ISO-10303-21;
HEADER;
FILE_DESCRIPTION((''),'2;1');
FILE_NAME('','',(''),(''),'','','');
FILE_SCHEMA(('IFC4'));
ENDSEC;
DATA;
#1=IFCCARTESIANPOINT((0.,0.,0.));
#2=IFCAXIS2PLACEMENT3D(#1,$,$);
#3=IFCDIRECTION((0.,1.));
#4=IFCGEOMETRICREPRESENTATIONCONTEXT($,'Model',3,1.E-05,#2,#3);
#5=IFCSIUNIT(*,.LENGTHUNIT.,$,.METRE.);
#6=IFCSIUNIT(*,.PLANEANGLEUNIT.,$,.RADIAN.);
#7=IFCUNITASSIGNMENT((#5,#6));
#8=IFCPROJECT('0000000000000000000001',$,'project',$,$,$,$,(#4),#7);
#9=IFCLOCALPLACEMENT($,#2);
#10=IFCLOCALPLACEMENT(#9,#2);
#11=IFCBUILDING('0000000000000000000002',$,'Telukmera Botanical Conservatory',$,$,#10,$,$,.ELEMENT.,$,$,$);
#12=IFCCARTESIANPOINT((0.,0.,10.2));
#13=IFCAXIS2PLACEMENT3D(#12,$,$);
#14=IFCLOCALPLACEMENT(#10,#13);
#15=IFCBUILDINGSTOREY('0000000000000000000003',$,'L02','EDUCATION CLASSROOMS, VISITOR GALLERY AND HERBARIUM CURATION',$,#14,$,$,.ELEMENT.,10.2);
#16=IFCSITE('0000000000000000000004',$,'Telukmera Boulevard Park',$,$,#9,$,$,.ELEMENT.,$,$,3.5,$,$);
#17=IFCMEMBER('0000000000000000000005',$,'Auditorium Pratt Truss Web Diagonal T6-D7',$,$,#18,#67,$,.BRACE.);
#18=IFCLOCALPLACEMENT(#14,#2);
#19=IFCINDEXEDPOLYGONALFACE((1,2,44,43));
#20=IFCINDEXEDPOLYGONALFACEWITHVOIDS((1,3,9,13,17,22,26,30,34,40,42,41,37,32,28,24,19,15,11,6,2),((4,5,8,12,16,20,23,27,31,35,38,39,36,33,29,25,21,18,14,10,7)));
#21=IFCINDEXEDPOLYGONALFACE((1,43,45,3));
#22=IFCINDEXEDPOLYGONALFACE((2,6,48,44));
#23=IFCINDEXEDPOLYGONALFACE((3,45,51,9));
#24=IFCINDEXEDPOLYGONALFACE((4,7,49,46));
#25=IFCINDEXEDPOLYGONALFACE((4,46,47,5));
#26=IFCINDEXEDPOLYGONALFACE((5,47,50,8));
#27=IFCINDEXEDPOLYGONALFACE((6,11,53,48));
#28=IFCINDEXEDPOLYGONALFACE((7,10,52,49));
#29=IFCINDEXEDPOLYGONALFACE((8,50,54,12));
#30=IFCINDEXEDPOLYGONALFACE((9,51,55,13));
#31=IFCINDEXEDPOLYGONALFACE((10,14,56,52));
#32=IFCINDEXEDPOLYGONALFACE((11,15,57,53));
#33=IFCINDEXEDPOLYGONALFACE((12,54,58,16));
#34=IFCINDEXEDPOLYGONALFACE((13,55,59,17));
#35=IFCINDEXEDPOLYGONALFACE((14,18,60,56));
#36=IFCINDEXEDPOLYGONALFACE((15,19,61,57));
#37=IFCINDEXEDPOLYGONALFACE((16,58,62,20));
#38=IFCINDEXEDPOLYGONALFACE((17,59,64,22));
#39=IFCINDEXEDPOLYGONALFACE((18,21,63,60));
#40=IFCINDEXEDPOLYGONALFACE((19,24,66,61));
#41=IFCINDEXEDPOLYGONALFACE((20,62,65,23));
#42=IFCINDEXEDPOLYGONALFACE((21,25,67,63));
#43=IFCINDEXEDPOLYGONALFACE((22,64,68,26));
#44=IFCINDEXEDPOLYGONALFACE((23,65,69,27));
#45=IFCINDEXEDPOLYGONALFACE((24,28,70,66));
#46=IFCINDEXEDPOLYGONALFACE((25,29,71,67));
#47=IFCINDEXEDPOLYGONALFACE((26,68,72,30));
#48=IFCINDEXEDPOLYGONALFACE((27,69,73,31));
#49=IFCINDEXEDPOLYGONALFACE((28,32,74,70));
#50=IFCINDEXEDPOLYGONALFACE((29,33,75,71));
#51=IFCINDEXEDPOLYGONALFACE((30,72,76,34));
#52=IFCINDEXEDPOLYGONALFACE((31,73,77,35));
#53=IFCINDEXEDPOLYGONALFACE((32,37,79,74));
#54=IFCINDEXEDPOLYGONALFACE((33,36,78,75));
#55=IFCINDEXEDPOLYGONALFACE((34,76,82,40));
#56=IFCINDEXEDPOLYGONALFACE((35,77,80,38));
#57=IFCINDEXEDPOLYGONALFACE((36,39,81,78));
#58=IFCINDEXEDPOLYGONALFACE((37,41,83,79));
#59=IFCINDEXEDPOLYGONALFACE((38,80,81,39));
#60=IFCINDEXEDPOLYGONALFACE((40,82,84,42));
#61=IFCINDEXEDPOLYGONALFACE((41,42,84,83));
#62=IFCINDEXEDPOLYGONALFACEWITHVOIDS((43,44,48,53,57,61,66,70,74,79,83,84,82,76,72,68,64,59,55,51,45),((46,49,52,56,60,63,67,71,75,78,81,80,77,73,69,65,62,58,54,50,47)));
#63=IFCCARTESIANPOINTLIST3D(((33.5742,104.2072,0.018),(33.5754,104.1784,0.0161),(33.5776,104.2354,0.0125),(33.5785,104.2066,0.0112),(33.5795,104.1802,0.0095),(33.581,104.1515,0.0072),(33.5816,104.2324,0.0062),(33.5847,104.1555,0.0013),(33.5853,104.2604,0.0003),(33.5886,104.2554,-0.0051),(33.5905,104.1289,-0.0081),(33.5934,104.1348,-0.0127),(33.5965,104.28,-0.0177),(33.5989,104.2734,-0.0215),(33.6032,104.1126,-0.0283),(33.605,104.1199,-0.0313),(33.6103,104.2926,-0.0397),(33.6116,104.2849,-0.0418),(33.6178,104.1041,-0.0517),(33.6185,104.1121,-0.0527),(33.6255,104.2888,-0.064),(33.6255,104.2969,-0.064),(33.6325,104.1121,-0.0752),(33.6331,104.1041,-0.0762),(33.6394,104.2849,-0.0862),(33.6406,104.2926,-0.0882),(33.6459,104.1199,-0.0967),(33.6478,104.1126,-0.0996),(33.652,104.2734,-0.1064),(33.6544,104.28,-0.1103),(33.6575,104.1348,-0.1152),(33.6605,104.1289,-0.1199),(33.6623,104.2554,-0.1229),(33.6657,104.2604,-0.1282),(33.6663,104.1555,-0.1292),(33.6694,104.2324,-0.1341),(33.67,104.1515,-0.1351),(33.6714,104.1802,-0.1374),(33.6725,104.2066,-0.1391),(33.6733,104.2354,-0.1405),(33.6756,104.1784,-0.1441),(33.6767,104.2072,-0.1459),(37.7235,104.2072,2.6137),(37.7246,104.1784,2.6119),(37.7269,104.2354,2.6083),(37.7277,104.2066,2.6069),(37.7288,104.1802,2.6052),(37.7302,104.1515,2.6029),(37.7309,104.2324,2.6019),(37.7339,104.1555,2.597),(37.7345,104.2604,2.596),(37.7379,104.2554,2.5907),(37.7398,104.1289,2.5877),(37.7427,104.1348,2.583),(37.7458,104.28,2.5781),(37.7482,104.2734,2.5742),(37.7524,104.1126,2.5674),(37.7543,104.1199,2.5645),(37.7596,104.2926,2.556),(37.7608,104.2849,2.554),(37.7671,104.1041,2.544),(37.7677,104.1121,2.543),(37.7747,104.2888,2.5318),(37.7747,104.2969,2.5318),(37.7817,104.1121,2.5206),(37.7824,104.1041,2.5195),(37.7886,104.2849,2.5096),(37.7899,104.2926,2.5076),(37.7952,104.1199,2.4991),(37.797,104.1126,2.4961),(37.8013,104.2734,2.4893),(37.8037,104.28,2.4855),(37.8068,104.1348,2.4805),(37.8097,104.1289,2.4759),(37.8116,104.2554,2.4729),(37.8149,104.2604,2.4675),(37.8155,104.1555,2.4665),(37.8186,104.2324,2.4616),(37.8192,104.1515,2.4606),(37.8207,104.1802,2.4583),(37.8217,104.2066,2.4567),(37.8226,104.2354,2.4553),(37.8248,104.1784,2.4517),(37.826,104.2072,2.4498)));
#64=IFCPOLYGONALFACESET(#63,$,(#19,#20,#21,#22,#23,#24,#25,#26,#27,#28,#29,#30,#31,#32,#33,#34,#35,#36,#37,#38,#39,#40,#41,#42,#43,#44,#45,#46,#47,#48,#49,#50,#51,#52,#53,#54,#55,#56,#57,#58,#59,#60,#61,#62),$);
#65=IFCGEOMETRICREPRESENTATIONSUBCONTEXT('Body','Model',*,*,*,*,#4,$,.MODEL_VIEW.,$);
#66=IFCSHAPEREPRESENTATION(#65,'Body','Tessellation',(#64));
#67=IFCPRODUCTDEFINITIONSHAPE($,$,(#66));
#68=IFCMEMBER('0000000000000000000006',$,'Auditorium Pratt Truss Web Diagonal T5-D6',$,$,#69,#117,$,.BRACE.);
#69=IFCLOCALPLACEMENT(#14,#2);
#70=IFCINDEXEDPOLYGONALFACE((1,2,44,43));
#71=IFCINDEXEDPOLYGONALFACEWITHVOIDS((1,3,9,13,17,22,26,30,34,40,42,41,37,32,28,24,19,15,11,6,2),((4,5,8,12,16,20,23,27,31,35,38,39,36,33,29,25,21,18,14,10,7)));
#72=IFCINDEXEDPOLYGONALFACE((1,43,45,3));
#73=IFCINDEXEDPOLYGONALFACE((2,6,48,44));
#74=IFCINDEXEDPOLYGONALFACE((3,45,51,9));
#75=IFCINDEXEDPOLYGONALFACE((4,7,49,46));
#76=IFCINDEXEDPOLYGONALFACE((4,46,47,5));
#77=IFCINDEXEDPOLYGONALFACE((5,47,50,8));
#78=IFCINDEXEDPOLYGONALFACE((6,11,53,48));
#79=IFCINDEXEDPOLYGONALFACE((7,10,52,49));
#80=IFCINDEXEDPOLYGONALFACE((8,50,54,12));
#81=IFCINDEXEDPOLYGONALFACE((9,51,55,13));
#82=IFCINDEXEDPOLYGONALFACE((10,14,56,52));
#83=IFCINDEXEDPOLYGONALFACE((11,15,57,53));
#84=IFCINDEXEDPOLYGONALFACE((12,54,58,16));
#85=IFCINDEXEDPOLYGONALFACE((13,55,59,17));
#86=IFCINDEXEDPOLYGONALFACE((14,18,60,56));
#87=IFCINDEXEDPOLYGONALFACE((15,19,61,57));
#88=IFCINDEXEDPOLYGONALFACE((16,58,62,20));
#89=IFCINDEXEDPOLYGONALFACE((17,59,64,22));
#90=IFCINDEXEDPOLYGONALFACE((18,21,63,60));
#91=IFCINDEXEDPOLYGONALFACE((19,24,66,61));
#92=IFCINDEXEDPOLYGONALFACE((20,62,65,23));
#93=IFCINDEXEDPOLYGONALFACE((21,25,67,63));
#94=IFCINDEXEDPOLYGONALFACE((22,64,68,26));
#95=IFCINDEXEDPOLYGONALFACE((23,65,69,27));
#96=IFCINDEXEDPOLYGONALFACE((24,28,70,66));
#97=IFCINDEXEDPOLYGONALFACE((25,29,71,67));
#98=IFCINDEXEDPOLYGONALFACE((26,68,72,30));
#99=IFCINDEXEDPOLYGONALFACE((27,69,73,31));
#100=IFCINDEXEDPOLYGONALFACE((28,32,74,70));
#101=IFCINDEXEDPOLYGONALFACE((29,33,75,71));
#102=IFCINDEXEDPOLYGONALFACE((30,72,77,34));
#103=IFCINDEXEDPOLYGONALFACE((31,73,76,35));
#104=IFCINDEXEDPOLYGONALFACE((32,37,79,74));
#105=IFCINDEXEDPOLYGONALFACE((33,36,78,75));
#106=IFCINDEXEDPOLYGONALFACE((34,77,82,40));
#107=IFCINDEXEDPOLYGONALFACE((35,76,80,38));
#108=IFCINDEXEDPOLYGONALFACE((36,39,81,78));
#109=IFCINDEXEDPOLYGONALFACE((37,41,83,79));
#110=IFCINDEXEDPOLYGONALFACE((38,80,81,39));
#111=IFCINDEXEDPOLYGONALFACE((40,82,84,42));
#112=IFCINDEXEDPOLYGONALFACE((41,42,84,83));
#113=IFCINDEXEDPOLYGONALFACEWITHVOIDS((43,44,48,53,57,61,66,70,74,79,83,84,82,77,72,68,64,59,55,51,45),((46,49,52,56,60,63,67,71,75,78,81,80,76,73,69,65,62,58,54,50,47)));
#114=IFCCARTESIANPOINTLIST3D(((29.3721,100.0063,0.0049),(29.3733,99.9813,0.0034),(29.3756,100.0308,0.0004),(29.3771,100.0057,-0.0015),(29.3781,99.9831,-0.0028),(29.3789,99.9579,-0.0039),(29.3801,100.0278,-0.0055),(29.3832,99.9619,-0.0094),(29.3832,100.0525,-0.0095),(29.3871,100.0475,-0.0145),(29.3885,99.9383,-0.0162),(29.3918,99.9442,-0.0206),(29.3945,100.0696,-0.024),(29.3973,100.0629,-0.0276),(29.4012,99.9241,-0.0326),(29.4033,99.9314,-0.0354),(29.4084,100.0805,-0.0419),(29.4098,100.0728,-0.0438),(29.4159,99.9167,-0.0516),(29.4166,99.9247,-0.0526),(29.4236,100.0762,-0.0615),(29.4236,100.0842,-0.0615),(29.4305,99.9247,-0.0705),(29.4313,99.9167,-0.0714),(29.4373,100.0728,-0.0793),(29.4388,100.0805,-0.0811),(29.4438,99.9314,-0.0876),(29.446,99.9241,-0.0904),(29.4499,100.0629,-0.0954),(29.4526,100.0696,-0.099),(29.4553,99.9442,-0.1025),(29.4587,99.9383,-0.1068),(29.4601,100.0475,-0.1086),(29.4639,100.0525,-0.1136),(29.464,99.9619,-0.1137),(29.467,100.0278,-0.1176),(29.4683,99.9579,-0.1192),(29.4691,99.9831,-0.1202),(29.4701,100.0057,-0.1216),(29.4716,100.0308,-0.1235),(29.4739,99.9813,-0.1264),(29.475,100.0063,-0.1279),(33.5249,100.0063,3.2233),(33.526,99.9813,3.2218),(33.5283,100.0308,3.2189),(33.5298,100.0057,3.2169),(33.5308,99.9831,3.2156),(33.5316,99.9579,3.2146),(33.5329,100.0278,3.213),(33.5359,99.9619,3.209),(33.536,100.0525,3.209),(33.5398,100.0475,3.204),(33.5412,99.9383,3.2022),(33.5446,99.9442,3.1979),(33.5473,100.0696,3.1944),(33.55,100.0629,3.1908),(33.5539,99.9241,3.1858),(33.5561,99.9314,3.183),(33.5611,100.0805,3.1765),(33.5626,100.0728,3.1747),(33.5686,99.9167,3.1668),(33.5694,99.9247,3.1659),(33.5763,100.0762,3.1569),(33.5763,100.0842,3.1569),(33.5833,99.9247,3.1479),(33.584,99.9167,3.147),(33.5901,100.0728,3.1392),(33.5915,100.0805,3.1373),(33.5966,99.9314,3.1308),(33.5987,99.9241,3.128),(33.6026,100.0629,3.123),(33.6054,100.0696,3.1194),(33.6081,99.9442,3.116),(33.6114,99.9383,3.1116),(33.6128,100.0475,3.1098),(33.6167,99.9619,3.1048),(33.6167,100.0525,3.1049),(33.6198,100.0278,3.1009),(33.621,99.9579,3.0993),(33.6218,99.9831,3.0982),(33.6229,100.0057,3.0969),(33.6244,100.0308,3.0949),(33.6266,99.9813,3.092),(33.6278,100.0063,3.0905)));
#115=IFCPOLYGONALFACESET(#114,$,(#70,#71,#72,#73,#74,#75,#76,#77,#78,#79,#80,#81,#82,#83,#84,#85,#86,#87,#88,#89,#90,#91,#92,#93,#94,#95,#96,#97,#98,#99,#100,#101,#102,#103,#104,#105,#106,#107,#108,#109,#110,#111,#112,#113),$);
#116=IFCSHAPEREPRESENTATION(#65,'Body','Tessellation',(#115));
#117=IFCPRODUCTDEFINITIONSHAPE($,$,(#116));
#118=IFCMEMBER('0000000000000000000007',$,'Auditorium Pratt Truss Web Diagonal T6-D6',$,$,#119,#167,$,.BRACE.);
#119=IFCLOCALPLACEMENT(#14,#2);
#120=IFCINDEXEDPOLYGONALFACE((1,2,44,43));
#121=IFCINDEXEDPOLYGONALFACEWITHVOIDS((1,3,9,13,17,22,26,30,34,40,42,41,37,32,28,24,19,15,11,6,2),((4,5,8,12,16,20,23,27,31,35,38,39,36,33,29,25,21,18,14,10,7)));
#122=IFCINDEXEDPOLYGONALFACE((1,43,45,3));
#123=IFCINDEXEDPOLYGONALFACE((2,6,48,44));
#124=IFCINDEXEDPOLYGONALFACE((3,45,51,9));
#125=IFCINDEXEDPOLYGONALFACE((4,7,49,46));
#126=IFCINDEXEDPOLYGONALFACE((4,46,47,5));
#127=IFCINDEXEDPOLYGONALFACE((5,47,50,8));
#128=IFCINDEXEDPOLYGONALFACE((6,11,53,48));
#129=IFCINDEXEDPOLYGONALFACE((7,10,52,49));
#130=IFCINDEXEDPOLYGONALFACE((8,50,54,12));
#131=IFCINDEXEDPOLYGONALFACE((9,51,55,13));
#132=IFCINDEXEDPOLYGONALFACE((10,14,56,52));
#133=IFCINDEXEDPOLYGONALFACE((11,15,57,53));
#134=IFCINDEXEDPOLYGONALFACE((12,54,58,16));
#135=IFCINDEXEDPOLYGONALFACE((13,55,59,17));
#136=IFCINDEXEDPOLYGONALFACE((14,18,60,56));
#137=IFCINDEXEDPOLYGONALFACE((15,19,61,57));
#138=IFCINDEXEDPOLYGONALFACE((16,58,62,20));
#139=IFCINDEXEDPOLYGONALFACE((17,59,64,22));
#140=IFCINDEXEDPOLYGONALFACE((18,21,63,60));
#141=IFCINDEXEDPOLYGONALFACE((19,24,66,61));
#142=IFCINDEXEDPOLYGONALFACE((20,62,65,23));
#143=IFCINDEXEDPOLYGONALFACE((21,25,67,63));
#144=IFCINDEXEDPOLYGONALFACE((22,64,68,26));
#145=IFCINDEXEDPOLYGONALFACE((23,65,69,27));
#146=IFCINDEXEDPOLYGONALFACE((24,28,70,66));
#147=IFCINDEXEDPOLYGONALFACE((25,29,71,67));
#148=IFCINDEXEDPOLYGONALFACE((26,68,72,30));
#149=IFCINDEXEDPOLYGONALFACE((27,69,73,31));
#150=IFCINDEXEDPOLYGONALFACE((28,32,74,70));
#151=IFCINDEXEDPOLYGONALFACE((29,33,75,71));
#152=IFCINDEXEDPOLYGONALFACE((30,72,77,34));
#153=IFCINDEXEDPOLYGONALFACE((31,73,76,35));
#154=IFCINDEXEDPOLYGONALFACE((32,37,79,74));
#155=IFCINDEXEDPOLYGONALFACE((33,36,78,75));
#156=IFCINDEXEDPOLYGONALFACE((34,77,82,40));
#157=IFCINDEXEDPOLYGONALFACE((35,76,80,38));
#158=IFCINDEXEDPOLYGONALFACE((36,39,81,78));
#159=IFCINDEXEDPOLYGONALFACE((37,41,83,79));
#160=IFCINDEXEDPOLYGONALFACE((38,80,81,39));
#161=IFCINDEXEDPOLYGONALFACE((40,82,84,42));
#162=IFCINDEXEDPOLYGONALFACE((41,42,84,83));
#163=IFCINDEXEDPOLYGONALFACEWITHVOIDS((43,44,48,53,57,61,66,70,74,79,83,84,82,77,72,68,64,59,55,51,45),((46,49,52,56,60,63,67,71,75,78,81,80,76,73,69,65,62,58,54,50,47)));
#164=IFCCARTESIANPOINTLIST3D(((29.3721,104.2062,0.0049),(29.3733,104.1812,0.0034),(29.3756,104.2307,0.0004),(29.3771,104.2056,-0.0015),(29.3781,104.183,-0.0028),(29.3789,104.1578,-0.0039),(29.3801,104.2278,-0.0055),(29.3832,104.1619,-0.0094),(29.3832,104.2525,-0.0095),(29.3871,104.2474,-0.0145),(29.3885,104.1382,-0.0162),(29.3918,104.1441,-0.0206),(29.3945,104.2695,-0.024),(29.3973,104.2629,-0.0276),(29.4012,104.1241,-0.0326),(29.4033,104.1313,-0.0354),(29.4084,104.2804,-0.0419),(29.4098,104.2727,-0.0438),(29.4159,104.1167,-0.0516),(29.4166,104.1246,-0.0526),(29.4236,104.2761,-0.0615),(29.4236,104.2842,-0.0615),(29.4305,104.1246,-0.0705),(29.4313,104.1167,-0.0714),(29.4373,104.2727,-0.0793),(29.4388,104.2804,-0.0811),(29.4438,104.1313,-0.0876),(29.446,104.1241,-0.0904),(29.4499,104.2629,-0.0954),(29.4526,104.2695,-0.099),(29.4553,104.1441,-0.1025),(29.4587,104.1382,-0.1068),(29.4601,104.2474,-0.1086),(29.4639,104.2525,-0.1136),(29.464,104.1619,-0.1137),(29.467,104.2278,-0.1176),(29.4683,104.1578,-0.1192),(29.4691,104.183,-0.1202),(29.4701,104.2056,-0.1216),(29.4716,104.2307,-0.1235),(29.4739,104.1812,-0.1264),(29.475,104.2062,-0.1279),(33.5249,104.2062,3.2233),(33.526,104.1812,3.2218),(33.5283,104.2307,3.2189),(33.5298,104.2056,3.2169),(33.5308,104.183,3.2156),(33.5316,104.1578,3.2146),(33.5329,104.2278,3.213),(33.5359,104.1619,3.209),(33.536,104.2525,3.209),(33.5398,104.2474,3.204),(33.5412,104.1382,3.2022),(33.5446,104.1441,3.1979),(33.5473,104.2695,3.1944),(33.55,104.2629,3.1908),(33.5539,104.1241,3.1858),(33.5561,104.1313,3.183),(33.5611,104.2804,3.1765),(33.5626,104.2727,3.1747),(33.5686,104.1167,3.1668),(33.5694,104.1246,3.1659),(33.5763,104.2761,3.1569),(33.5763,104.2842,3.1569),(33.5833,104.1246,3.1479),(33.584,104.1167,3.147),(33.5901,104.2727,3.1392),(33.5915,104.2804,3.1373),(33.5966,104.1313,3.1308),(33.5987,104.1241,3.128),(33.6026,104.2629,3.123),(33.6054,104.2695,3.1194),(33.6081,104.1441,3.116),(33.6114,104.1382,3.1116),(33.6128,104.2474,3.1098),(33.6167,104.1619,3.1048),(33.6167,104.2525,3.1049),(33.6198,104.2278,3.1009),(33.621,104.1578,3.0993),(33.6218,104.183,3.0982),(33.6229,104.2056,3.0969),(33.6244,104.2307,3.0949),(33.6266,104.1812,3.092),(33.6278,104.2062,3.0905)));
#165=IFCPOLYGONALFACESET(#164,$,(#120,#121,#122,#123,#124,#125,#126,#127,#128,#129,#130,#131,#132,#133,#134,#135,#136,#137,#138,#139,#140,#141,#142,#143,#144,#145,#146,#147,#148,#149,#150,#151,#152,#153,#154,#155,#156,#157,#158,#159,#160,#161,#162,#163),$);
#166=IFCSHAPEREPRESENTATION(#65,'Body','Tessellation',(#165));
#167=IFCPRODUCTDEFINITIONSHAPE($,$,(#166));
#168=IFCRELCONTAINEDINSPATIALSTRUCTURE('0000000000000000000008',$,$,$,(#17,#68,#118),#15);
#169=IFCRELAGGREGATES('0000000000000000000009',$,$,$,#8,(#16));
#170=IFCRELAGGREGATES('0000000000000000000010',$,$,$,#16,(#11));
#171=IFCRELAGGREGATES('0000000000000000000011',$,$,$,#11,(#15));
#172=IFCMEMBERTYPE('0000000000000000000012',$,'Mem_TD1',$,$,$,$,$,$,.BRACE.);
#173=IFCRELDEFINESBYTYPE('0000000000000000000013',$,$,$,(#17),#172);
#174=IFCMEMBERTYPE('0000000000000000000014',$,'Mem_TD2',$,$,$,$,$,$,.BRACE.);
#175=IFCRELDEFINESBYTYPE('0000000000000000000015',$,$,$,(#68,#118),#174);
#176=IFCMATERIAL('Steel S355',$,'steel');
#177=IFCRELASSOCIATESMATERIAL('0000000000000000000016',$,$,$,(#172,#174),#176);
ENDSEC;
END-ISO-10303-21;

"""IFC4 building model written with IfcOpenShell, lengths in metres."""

from ifc_helpers import new_model, si_unit, direction, frame, origin, origin_2d, place, context, subcontext, project, spatial, hollow_circle, extrude, material, material_profile, profile_set, type_object, element, save


model = new_model("IFC4")

# Units and contexts
model_context = context("Model", 3, precision=1e-05, world=origin(), true_north=direction((0.0, 1.0)))
body_context = subcontext(model_context, "Body", "Model", "MODEL_VIEW")
ifc_project = project(units=[si_unit("LENGTHUNIT", "METRE"), si_unit("PLANEANGLEUNIT", "RADIAN")], contexts=[model_context])

# Site, building, storey
site_placement = place(None, origin())
site = spatial("IfcSite", under=ifc_project, at=site_placement, Name="Telukmera Boulevard Park", CompositionType="ELEMENT", RefElevation=3.5)
building_placement = place(site_placement, origin())
building = spatial("IfcBuilding", under=site, at=building_placement, Name="Telukmera Botanical Conservatory", CompositionType="ELEMENT")
storey_placement = place(building_placement, frame((0.0, 0.0, 10.2)))
storey = spatial("IfcBuildingStorey", under=building, at=storey_placement, Name="L02", Description="EDUCATION CLASSROOMS, VISITOR GALLERY AND HERBARIUM CURATION", CompositionType="ELEMENT", Elevation=10.2)

# Members
ifc_material = material(Name="Steel S355", Category="steel")
ifc_material_profile_1 = material_profile(ifc_material, hollow_circle(Radius=0.0969, WallThickness=0.0081, at=origin_2d()), Name="CHS 193.7x8.0")
ifc_profile_set_1 = profile_set([ifc_material_profile_1], Name="Steel S355")
member_type_1 = type_object("IfcMemberType", Name="Mem_TD1", PredefinedType="BRACE", material=ifc_profile_set_1)
for number, where, z_axis, x_axis, name in (
    (1, (33.6255, 104.2, -0.064), (0.847771, 0.0, 0.530362), (0.0, 1.0, 0.0), "Auditorium Pratt Truss Web Diagonal T6-D7"),
):
    element("IfcMember", number, at=place(storey_placement, frame(where, z_axis=z_axis, x_axis=x_axis)), inside=storey, type_object=member_type_1, Name=name, PredefinedType="BRACE", context=body_context, shape_type="SweptSolid", body=[
        extrude(hollow_circle(Radius=0.0969, WallThickness=0.0081, at=origin_2d()), origin(), (0.0, 0.0, 1.0), 4.8943),
    ])
ifc_material_profile_2 = material_profile(ifc_material, hollow_circle(Radius=0.0842, WallThickness=0.0081, at=origin_2d()), Name="CHS 168.3x8.0")
ifc_profile_set_2 = profile_set([ifc_material_profile_2], Name="Steel S355")
member_type_2 = type_object("IfcMemberType", Name="Mem_TD2", PredefinedType="BRACE", material=ifc_profile_set_2)
for number, where, z_axis, x_axis, name in (
    (2, (29.4236, 100.0, -0.0615), (0.790409, 0.0, 0.612579), (0.0, 1.0, 0.0), "Auditorium Pratt Truss Web Diagonal T5-D6"),
    (3, (29.4236, 104.2, -0.0615), (0.790409, 0.0, 0.612579), (0.0, 1.0, 0.0), "Auditorium Pratt Truss Web Diagonal T6-D6"),
):
    element("IfcMember", number, at=place(storey_placement, frame(where, z_axis=z_axis, x_axis=x_axis)), inside=storey, type_object=member_type_2, Name=name, PredefinedType="BRACE", context=body_context, shape_type="SweptSolid", body=[
        extrude(hollow_circle(Radius=0.0842, WallThickness=0.0081, at=origin_2d()), origin(), (0.0, 0.0, 1.0), 5.2539),
    ])

save(model, "model.ifc")
